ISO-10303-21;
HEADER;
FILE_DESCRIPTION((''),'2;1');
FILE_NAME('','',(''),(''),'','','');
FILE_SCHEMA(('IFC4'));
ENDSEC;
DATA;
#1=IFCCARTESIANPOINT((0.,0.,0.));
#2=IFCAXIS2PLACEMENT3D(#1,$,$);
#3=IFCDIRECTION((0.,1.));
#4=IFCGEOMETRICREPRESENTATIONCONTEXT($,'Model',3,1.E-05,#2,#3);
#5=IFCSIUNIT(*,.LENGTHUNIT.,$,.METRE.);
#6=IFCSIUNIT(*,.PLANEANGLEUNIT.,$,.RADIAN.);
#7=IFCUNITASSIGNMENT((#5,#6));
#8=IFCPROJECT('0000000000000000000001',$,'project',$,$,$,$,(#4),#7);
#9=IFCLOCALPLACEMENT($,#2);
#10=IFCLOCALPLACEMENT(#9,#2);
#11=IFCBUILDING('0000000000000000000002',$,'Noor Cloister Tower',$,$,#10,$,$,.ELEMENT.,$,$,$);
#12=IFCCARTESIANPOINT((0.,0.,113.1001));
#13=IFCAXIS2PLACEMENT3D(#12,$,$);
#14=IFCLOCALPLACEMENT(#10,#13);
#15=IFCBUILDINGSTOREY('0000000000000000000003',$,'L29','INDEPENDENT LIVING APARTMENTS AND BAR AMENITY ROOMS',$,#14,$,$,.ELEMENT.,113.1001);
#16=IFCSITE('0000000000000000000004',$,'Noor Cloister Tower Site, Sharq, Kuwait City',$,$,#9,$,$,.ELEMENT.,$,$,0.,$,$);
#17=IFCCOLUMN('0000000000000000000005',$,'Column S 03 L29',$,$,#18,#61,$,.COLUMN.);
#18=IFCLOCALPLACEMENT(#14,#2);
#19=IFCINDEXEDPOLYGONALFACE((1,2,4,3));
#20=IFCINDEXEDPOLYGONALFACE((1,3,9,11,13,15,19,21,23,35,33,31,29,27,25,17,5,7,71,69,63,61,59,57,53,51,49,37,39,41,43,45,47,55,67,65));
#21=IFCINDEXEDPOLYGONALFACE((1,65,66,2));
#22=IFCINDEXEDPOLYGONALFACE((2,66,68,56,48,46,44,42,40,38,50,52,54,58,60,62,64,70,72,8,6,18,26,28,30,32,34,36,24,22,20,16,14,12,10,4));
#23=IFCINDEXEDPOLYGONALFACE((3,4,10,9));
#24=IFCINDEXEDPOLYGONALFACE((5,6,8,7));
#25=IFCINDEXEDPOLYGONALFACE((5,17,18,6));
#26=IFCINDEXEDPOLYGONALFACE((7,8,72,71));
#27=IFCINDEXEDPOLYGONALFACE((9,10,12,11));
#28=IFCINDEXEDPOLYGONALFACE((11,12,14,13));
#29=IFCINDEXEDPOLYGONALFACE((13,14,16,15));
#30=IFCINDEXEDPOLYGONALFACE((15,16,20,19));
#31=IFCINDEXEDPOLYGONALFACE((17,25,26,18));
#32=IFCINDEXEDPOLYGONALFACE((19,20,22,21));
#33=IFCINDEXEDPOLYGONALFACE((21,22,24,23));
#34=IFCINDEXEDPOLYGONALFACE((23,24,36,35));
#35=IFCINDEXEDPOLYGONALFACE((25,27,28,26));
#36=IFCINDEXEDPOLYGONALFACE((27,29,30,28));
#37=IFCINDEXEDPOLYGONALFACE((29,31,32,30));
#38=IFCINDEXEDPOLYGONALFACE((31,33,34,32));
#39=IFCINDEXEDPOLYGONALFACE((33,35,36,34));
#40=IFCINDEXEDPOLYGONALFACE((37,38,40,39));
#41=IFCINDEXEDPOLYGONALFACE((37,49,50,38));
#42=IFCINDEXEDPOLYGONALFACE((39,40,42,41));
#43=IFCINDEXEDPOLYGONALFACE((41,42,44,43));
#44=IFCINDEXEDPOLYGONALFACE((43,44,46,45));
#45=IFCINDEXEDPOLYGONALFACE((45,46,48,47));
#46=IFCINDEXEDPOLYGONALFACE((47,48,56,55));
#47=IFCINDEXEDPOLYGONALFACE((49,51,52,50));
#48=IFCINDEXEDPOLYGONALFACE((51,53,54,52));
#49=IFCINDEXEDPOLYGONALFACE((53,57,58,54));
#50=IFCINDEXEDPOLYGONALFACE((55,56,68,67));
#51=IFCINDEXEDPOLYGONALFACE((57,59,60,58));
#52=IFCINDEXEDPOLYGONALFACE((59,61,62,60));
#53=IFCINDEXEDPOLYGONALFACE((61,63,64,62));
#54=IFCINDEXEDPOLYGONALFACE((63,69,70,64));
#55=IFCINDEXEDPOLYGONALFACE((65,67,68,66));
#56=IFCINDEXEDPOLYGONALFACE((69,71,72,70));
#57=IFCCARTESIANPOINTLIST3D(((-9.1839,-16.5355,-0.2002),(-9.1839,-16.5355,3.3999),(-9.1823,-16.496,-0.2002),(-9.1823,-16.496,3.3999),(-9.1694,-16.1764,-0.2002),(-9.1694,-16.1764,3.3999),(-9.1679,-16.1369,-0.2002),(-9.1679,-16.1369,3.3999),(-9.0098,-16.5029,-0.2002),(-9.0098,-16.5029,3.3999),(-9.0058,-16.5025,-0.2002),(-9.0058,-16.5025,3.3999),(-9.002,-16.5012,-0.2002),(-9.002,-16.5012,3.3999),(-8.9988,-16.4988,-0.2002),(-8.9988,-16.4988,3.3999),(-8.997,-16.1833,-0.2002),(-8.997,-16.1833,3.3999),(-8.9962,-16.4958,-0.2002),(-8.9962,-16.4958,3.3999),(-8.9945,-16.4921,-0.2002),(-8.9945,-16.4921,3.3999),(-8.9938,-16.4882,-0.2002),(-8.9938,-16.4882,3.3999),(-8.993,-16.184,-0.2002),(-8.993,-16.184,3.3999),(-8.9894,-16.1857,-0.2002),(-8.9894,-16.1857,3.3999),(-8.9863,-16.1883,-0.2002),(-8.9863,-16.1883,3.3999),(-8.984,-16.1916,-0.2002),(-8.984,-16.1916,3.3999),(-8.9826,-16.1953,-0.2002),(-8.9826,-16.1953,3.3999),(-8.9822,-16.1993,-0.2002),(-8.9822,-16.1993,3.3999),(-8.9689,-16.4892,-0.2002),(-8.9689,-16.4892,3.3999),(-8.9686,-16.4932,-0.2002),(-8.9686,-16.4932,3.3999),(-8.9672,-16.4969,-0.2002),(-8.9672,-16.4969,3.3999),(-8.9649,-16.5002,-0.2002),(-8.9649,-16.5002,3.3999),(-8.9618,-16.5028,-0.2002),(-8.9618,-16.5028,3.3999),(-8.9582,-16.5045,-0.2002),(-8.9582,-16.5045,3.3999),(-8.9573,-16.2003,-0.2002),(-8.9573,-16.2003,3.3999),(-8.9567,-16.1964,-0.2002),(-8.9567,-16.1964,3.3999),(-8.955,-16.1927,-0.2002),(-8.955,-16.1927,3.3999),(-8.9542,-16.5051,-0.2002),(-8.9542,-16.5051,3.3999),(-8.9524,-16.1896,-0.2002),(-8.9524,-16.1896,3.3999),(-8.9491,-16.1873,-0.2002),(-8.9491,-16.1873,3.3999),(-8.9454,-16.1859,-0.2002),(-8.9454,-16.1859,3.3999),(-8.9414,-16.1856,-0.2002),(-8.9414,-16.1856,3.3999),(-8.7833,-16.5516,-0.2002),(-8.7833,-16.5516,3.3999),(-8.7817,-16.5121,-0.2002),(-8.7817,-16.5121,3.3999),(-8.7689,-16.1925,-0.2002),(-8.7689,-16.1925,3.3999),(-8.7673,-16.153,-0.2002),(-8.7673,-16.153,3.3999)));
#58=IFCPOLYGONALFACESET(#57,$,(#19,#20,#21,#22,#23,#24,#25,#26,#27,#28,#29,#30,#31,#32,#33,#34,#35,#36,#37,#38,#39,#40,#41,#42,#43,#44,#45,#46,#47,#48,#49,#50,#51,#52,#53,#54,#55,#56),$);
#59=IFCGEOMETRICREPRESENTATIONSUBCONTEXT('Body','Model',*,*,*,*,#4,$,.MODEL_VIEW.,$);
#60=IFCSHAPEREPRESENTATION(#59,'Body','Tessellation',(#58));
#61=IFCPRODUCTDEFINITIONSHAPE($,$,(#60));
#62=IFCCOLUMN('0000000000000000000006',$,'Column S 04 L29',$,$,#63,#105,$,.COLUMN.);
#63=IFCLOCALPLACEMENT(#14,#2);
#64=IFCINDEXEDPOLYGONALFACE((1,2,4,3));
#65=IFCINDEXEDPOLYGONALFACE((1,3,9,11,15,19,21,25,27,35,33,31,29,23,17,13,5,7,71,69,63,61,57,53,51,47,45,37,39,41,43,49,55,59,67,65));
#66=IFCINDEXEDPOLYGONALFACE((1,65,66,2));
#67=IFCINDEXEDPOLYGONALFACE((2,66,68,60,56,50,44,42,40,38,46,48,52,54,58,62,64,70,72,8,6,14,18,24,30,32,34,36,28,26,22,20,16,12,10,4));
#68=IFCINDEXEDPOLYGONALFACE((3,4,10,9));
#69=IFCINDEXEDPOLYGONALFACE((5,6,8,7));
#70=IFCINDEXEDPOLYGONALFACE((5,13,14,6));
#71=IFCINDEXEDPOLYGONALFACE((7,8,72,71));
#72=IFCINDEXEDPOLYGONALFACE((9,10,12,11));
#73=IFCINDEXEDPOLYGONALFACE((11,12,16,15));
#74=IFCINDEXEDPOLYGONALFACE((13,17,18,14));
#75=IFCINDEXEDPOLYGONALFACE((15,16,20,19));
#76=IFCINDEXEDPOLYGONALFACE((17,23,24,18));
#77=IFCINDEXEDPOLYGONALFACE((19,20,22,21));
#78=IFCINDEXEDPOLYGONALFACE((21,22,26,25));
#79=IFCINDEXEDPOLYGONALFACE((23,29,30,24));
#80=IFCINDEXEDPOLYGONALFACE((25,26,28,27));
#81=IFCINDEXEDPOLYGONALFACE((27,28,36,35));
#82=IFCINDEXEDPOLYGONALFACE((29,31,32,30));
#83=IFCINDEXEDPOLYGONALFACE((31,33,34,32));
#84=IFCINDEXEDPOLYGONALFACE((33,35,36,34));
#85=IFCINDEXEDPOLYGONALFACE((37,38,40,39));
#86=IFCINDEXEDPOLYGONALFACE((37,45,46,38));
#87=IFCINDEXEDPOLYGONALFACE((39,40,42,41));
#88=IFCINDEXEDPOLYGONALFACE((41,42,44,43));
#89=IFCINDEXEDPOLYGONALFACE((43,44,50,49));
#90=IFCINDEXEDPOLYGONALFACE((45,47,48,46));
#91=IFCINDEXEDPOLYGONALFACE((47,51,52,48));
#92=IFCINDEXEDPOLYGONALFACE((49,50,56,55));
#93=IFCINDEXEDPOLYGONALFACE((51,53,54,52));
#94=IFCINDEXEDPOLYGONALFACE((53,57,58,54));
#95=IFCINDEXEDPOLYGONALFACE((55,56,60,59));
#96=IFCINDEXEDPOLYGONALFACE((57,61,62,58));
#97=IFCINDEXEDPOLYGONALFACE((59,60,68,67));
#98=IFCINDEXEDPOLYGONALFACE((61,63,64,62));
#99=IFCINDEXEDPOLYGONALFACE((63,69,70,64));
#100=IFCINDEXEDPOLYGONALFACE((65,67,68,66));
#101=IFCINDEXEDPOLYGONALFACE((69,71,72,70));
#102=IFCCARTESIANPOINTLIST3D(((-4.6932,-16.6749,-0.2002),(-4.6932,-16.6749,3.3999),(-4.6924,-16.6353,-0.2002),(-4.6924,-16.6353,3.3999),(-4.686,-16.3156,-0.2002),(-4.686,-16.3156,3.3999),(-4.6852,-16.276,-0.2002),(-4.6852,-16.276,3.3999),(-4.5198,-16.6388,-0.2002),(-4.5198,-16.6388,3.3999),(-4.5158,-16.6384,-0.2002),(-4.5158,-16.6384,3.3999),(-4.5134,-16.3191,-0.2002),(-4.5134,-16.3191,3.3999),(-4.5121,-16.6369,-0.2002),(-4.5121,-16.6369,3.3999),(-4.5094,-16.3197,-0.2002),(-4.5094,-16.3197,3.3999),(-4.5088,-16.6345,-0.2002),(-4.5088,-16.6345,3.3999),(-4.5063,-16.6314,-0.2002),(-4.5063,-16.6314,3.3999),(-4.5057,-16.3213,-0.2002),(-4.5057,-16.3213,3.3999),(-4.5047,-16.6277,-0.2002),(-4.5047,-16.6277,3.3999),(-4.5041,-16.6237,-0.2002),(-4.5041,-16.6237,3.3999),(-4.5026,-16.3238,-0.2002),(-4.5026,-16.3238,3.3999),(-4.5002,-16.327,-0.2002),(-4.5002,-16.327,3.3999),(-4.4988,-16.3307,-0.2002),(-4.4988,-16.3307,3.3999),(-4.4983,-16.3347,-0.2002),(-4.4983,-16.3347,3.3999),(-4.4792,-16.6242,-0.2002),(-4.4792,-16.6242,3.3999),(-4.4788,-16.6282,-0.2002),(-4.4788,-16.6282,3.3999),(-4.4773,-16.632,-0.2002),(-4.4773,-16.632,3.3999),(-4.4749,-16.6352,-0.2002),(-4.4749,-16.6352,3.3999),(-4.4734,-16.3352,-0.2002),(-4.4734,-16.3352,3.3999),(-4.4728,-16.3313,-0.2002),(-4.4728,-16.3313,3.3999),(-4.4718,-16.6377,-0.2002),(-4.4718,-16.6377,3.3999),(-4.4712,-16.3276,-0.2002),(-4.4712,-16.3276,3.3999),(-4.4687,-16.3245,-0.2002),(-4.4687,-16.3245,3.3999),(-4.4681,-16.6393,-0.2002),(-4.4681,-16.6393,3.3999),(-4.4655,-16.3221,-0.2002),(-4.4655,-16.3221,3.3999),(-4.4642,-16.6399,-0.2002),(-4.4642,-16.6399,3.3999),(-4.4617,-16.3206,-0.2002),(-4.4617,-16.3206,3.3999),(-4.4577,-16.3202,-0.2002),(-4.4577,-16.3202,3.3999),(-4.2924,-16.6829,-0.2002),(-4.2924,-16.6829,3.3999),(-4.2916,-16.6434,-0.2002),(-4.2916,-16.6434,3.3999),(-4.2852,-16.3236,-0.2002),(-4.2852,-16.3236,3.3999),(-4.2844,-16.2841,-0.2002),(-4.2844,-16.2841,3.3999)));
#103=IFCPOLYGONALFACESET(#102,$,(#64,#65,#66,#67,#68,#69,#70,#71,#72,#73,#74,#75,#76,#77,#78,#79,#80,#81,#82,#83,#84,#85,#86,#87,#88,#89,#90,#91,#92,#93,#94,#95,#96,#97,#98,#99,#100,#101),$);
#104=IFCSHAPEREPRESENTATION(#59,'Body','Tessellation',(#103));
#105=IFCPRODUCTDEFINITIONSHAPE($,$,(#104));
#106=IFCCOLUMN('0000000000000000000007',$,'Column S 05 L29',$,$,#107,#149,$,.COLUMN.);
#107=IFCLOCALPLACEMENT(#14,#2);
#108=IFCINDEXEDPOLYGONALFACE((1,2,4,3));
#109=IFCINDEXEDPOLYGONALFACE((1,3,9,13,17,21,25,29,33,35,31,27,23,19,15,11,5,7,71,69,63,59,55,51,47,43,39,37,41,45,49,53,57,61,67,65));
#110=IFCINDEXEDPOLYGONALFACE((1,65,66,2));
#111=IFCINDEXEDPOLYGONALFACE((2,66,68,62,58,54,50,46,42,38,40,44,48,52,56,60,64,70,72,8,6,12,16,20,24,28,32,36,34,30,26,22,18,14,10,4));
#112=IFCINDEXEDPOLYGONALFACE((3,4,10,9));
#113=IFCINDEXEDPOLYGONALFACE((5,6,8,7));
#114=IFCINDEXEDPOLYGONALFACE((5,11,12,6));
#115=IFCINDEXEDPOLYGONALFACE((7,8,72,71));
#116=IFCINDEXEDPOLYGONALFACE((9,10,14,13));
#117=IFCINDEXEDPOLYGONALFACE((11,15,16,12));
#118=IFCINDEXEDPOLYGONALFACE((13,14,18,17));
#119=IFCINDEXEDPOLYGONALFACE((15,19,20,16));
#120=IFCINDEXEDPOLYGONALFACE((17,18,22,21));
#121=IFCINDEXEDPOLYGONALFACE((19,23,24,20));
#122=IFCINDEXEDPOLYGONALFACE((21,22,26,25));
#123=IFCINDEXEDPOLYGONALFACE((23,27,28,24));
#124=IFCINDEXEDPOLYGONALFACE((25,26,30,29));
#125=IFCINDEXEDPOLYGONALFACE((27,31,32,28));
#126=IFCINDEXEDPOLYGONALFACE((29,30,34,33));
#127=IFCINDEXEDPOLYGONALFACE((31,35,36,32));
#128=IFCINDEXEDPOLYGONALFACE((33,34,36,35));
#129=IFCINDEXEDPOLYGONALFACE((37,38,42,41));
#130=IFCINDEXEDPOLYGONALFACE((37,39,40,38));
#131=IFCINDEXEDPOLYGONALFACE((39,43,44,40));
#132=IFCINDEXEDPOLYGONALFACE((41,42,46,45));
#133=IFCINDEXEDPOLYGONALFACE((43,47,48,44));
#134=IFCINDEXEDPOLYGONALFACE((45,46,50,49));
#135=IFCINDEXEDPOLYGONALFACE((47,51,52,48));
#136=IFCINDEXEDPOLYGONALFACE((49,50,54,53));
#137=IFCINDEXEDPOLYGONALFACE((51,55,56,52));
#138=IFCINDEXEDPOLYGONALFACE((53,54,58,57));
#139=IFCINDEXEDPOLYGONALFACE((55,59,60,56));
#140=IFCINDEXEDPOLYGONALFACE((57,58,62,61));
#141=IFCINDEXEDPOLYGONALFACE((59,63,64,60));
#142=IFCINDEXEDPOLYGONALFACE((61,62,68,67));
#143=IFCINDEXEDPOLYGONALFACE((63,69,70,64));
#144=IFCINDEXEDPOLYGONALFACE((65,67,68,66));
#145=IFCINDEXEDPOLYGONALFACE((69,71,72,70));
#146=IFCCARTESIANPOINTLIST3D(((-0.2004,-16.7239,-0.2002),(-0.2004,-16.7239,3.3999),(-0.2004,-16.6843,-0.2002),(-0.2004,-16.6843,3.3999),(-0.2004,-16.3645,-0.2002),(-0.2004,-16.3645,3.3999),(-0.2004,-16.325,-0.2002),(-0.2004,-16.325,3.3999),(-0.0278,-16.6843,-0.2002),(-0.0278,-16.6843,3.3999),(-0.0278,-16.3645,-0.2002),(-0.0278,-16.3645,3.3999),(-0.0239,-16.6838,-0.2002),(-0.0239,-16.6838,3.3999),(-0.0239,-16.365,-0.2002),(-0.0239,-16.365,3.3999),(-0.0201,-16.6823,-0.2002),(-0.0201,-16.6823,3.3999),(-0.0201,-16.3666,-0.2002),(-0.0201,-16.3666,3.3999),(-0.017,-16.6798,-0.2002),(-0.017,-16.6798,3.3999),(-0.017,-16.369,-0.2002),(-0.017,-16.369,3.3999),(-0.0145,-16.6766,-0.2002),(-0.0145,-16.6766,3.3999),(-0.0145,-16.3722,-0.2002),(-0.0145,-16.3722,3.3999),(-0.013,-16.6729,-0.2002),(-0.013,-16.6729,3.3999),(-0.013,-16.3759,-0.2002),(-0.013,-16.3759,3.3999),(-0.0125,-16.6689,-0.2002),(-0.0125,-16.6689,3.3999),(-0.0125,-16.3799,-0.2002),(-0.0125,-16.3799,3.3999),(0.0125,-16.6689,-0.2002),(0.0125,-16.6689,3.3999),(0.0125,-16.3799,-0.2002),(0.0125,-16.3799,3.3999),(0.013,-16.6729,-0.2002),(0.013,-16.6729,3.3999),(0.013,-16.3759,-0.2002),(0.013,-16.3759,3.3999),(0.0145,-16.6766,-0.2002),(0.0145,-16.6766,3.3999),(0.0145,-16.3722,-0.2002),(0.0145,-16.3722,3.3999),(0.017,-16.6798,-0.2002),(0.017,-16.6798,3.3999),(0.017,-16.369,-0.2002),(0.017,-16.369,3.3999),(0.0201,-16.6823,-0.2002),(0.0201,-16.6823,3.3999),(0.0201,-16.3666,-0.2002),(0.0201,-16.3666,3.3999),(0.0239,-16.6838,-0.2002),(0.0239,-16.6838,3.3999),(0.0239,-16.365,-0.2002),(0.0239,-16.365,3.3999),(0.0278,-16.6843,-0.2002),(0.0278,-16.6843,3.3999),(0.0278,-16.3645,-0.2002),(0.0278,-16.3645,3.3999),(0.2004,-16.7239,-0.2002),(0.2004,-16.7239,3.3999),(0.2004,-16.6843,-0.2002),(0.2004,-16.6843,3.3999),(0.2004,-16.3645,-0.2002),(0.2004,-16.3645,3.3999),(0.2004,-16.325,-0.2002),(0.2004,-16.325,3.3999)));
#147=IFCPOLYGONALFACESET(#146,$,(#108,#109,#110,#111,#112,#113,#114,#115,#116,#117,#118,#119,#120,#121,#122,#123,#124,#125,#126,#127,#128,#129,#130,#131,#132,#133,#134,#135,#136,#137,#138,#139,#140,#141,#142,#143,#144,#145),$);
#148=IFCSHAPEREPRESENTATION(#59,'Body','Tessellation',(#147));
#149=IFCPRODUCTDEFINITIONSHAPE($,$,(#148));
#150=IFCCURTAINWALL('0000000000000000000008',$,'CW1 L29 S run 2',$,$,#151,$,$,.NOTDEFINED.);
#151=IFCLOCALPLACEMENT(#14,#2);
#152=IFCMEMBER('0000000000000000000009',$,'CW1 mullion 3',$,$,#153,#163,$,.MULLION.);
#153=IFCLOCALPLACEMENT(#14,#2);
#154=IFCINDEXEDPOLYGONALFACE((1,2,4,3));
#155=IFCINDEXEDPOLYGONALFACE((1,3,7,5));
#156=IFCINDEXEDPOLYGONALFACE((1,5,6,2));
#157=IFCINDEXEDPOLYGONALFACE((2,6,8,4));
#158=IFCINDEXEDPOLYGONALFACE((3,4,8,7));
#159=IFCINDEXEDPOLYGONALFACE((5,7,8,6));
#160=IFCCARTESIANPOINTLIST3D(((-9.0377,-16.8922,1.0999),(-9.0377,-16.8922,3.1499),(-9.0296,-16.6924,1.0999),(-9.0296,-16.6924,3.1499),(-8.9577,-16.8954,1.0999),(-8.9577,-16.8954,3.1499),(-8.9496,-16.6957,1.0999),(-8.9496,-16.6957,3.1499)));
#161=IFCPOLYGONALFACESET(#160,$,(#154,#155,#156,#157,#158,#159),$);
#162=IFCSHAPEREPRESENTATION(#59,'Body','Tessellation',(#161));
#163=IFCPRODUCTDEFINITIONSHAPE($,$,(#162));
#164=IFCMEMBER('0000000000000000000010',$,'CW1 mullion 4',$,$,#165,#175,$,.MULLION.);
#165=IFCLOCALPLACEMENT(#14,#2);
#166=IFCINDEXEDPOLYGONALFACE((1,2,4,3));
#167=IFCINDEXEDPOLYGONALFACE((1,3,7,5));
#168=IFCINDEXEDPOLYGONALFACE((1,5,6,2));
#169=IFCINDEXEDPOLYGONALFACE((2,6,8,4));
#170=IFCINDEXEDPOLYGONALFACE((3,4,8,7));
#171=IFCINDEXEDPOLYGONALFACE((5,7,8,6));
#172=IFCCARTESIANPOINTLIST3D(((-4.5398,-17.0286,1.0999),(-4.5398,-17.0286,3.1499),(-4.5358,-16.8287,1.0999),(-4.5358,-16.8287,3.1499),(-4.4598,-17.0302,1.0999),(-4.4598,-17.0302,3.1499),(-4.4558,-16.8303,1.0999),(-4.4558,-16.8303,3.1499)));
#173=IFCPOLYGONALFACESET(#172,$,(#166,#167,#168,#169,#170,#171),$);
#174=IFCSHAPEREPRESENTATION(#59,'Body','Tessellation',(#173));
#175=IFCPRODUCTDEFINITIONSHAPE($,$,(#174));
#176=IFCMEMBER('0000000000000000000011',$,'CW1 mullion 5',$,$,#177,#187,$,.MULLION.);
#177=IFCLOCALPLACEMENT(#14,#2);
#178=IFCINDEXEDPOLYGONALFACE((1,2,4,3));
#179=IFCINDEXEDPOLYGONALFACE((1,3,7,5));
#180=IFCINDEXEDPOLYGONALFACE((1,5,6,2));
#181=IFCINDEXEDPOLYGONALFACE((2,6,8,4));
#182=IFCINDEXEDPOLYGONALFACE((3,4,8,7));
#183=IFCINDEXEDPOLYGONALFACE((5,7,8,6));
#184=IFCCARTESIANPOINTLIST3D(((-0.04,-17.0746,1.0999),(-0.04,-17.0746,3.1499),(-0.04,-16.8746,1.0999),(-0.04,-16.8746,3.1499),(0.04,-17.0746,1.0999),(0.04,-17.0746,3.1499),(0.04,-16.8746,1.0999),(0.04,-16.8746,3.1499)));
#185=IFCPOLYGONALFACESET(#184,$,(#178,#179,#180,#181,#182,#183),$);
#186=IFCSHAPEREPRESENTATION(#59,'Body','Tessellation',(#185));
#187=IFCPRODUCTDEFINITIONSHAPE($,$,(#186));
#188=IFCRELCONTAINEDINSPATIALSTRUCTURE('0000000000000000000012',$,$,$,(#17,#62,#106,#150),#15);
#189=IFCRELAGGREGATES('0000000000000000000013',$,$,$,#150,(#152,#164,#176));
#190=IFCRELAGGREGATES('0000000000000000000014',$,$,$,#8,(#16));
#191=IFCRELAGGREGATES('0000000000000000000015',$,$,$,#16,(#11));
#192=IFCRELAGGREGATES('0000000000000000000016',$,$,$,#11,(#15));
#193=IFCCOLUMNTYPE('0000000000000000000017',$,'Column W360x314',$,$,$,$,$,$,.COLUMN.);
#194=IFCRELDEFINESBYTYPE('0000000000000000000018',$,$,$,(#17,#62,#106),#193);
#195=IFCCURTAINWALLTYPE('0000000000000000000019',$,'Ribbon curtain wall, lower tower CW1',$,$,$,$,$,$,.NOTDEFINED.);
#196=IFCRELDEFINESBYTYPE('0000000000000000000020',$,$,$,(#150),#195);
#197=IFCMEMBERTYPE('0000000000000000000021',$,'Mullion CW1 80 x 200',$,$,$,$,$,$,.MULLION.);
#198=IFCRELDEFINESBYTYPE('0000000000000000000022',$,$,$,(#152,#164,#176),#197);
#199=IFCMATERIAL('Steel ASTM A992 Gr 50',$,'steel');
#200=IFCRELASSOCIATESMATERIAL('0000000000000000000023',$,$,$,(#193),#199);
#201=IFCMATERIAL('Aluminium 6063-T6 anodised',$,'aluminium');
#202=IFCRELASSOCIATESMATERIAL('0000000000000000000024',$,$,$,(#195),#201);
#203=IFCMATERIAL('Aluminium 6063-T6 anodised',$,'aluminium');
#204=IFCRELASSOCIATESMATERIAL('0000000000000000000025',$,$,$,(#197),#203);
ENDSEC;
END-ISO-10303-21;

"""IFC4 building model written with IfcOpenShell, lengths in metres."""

from ifc_helpers import new_model, si_unit, direction, frame, origin, origin_2d, place, context, subcontext, project, spatial, rectangle, i_section, extrude, material, material_profile, profile_set, type_object, element, aggregate, save


model = new_model("IFC4")

# Units and contexts
model_context = context("Model", 3, precision=1e-05, world=origin(), true_north=direction((0.0, 1.0)))
body_context = subcontext(model_context, "Body", "Model", "MODEL_VIEW")
ifc_project = project(units=[si_unit("LENGTHUNIT", "METRE"), si_unit("PLANEANGLEUNIT", "RADIAN")], contexts=[model_context])

# Site, building, storey
site_placement = place(None, origin())
site = spatial("IfcSite", under=ifc_project, at=site_placement, Name="Noor Cloister Tower Site, Sharq, Kuwait City", CompositionType="ELEMENT", RefElevation=0.0)
building_placement = place(site_placement, origin())
building = spatial("IfcBuilding", under=site, at=building_placement, Name="Noor Cloister Tower", CompositionType="ELEMENT")
storey_placement = place(building_placement, frame((0.0, 0.0, 113.1001)))
storey = spatial("IfcBuildingStorey", under=building, at=storey_placement, Name="L29", Description="INDEPENDENT LIVING APARTMENTS AND BAR AMENITY ROOMS", CompositionType="ELEMENT", Elevation=113.1001)

# Columns
ifc_material_1 = material(Name="Steel ASTM A992 Gr 50", Category="steel")
ifc_material_profile_1 = material_profile(ifc_material_1, i_section(OverallWidth=0.4009, OverallDepth=0.3989, WebThickness=0.0249, FlangeThickness=0.0396, FilletRadius=0.0154, at=origin_2d()), Name="W360x314")
ifc_profile_set_1 = profile_set([ifc_material_profile_1], Name="Steel ASTM A992 Gr 50")
column_type = type_object("IfcColumnType", Name="Column W360x314", PredefinedType="COLUMN", material=ifc_profile_set_1)
for number, where, z_axis, x_axis, name in (
    (1, (-8.9756, -16.3442, -0.2002), (0.0, 0.0, 1.0), (0.999194, -0.040147, 0.0), "Column S 03 L29"),
    (2, (-4.4888, -16.4795, -0.2002), (0.0, 0.0, 1.0), (0.999798, -0.020077, 0.0), "Column S 04 L29"),
    (3, (0.0, -16.5244, -0.2002), (0.0, 0.0, 1.0), (1.0, 0.0, 0.0), "Column S 05 L29"),
):
    element("IfcColumn", number, at=place(storey_placement, frame(where, z_axis=z_axis, x_axis=x_axis)), inside=storey, type_object=column_type, Name=name, PredefinedType="COLUMN", context=body_context, shape_type="SweptSolid", body=[
        extrude(i_section(OverallWidth=0.4009, OverallDepth=0.3989, WebThickness=0.0249, FlangeThickness=0.0396, FilletRadius=0.0154, at=origin_2d()), origin(), (0.0, 0.0, 1.0), 3.6001),
    ])

# Curtain wall, members
ifc_material_2 = material(Name="Aluminium 6063-T6 anodised", Category="aluminium")
curtain_wall_type = type_object("IfcCurtainWallType", Name="Ribbon curtain wall, lower tower CW1", PredefinedType="NOTDEFINED", material=ifc_material_2)
curtain_wall_placement = place(storey_placement, origin())
curtain_wall = element("IfcCurtainWall", 4, at=curtain_wall_placement, inside=storey, type_object=curtain_wall_type, Name="CW1 L29 S run 2", PredefinedType="NOTDEFINED")
ifc_material_3 = material(Name="Aluminium 6063-T6 anodised", Category="aluminium")
ifc_material_profile_2 = material_profile(ifc_material_3, rectangle(XDim=0.2, YDim=0.0801, at=origin_2d()), Name="200 x 80 mullion")
ifc_profile_set_2 = profile_set([ifc_material_profile_2], Name="Aluminium 6063-T6 anodised")
member_type = type_object("IfcMemberType", Name="Mullion CW1 80 x 200", PredefinedType="MULLION", material=ifc_profile_set_2)
member_1_placement = place(storey_placement, frame((-8.9937, -16.7939, 1.0999), z_axis=(0.0, 0.0, 1.0), x_axis=(0.040147, 0.999194, 0.0)))
member_1 = element("IfcMember", 5, at=member_1_placement, type_object=member_type, Name="CW1 mullion 3", PredefinedType="MULLION", context=body_context, shape_type="SweptSolid", body=[
    extrude(rectangle(XDim=0.2, YDim=0.0801, at=origin_2d()), origin(), (0.0, 0.0, 1.0), 2.05),
])
member_2_placement = place(storey_placement, frame((-4.4978, -16.9294, 1.0999), z_axis=(0.0, 0.0, 1.0), x_axis=(0.020077, 0.999798, 0.0)))
member_2 = element("IfcMember", 6, at=member_2_placement, type_object=member_type, Name="CW1 mullion 4", PredefinedType="MULLION", context=body_context, shape_type="SweptSolid", body=[
    extrude(rectangle(XDim=0.2, YDim=0.0801, at=origin_2d()), origin(), (0.0, 0.0, 1.0), 2.05),
])
member_3_placement = place(storey_placement, frame((0.0, -16.9746, 1.0999), z_axis=(0.0, 0.0, 1.0), x_axis=(0.0, 1.0, 0.0)))
member_3 = element("IfcMember", 7, at=member_3_placement, type_object=member_type, Name="CW1 mullion 5", PredefinedType="MULLION", context=body_context, shape_type="SweptSolid", body=[
    extrude(rectangle(XDim=0.2, YDim=0.0801, at=origin_2d()), origin(), (0.0, 0.0, 1.0), 2.05),
])

aggregate(curtain_wall, [member_1, member_2, member_3])

save(model, "model.ifc")
